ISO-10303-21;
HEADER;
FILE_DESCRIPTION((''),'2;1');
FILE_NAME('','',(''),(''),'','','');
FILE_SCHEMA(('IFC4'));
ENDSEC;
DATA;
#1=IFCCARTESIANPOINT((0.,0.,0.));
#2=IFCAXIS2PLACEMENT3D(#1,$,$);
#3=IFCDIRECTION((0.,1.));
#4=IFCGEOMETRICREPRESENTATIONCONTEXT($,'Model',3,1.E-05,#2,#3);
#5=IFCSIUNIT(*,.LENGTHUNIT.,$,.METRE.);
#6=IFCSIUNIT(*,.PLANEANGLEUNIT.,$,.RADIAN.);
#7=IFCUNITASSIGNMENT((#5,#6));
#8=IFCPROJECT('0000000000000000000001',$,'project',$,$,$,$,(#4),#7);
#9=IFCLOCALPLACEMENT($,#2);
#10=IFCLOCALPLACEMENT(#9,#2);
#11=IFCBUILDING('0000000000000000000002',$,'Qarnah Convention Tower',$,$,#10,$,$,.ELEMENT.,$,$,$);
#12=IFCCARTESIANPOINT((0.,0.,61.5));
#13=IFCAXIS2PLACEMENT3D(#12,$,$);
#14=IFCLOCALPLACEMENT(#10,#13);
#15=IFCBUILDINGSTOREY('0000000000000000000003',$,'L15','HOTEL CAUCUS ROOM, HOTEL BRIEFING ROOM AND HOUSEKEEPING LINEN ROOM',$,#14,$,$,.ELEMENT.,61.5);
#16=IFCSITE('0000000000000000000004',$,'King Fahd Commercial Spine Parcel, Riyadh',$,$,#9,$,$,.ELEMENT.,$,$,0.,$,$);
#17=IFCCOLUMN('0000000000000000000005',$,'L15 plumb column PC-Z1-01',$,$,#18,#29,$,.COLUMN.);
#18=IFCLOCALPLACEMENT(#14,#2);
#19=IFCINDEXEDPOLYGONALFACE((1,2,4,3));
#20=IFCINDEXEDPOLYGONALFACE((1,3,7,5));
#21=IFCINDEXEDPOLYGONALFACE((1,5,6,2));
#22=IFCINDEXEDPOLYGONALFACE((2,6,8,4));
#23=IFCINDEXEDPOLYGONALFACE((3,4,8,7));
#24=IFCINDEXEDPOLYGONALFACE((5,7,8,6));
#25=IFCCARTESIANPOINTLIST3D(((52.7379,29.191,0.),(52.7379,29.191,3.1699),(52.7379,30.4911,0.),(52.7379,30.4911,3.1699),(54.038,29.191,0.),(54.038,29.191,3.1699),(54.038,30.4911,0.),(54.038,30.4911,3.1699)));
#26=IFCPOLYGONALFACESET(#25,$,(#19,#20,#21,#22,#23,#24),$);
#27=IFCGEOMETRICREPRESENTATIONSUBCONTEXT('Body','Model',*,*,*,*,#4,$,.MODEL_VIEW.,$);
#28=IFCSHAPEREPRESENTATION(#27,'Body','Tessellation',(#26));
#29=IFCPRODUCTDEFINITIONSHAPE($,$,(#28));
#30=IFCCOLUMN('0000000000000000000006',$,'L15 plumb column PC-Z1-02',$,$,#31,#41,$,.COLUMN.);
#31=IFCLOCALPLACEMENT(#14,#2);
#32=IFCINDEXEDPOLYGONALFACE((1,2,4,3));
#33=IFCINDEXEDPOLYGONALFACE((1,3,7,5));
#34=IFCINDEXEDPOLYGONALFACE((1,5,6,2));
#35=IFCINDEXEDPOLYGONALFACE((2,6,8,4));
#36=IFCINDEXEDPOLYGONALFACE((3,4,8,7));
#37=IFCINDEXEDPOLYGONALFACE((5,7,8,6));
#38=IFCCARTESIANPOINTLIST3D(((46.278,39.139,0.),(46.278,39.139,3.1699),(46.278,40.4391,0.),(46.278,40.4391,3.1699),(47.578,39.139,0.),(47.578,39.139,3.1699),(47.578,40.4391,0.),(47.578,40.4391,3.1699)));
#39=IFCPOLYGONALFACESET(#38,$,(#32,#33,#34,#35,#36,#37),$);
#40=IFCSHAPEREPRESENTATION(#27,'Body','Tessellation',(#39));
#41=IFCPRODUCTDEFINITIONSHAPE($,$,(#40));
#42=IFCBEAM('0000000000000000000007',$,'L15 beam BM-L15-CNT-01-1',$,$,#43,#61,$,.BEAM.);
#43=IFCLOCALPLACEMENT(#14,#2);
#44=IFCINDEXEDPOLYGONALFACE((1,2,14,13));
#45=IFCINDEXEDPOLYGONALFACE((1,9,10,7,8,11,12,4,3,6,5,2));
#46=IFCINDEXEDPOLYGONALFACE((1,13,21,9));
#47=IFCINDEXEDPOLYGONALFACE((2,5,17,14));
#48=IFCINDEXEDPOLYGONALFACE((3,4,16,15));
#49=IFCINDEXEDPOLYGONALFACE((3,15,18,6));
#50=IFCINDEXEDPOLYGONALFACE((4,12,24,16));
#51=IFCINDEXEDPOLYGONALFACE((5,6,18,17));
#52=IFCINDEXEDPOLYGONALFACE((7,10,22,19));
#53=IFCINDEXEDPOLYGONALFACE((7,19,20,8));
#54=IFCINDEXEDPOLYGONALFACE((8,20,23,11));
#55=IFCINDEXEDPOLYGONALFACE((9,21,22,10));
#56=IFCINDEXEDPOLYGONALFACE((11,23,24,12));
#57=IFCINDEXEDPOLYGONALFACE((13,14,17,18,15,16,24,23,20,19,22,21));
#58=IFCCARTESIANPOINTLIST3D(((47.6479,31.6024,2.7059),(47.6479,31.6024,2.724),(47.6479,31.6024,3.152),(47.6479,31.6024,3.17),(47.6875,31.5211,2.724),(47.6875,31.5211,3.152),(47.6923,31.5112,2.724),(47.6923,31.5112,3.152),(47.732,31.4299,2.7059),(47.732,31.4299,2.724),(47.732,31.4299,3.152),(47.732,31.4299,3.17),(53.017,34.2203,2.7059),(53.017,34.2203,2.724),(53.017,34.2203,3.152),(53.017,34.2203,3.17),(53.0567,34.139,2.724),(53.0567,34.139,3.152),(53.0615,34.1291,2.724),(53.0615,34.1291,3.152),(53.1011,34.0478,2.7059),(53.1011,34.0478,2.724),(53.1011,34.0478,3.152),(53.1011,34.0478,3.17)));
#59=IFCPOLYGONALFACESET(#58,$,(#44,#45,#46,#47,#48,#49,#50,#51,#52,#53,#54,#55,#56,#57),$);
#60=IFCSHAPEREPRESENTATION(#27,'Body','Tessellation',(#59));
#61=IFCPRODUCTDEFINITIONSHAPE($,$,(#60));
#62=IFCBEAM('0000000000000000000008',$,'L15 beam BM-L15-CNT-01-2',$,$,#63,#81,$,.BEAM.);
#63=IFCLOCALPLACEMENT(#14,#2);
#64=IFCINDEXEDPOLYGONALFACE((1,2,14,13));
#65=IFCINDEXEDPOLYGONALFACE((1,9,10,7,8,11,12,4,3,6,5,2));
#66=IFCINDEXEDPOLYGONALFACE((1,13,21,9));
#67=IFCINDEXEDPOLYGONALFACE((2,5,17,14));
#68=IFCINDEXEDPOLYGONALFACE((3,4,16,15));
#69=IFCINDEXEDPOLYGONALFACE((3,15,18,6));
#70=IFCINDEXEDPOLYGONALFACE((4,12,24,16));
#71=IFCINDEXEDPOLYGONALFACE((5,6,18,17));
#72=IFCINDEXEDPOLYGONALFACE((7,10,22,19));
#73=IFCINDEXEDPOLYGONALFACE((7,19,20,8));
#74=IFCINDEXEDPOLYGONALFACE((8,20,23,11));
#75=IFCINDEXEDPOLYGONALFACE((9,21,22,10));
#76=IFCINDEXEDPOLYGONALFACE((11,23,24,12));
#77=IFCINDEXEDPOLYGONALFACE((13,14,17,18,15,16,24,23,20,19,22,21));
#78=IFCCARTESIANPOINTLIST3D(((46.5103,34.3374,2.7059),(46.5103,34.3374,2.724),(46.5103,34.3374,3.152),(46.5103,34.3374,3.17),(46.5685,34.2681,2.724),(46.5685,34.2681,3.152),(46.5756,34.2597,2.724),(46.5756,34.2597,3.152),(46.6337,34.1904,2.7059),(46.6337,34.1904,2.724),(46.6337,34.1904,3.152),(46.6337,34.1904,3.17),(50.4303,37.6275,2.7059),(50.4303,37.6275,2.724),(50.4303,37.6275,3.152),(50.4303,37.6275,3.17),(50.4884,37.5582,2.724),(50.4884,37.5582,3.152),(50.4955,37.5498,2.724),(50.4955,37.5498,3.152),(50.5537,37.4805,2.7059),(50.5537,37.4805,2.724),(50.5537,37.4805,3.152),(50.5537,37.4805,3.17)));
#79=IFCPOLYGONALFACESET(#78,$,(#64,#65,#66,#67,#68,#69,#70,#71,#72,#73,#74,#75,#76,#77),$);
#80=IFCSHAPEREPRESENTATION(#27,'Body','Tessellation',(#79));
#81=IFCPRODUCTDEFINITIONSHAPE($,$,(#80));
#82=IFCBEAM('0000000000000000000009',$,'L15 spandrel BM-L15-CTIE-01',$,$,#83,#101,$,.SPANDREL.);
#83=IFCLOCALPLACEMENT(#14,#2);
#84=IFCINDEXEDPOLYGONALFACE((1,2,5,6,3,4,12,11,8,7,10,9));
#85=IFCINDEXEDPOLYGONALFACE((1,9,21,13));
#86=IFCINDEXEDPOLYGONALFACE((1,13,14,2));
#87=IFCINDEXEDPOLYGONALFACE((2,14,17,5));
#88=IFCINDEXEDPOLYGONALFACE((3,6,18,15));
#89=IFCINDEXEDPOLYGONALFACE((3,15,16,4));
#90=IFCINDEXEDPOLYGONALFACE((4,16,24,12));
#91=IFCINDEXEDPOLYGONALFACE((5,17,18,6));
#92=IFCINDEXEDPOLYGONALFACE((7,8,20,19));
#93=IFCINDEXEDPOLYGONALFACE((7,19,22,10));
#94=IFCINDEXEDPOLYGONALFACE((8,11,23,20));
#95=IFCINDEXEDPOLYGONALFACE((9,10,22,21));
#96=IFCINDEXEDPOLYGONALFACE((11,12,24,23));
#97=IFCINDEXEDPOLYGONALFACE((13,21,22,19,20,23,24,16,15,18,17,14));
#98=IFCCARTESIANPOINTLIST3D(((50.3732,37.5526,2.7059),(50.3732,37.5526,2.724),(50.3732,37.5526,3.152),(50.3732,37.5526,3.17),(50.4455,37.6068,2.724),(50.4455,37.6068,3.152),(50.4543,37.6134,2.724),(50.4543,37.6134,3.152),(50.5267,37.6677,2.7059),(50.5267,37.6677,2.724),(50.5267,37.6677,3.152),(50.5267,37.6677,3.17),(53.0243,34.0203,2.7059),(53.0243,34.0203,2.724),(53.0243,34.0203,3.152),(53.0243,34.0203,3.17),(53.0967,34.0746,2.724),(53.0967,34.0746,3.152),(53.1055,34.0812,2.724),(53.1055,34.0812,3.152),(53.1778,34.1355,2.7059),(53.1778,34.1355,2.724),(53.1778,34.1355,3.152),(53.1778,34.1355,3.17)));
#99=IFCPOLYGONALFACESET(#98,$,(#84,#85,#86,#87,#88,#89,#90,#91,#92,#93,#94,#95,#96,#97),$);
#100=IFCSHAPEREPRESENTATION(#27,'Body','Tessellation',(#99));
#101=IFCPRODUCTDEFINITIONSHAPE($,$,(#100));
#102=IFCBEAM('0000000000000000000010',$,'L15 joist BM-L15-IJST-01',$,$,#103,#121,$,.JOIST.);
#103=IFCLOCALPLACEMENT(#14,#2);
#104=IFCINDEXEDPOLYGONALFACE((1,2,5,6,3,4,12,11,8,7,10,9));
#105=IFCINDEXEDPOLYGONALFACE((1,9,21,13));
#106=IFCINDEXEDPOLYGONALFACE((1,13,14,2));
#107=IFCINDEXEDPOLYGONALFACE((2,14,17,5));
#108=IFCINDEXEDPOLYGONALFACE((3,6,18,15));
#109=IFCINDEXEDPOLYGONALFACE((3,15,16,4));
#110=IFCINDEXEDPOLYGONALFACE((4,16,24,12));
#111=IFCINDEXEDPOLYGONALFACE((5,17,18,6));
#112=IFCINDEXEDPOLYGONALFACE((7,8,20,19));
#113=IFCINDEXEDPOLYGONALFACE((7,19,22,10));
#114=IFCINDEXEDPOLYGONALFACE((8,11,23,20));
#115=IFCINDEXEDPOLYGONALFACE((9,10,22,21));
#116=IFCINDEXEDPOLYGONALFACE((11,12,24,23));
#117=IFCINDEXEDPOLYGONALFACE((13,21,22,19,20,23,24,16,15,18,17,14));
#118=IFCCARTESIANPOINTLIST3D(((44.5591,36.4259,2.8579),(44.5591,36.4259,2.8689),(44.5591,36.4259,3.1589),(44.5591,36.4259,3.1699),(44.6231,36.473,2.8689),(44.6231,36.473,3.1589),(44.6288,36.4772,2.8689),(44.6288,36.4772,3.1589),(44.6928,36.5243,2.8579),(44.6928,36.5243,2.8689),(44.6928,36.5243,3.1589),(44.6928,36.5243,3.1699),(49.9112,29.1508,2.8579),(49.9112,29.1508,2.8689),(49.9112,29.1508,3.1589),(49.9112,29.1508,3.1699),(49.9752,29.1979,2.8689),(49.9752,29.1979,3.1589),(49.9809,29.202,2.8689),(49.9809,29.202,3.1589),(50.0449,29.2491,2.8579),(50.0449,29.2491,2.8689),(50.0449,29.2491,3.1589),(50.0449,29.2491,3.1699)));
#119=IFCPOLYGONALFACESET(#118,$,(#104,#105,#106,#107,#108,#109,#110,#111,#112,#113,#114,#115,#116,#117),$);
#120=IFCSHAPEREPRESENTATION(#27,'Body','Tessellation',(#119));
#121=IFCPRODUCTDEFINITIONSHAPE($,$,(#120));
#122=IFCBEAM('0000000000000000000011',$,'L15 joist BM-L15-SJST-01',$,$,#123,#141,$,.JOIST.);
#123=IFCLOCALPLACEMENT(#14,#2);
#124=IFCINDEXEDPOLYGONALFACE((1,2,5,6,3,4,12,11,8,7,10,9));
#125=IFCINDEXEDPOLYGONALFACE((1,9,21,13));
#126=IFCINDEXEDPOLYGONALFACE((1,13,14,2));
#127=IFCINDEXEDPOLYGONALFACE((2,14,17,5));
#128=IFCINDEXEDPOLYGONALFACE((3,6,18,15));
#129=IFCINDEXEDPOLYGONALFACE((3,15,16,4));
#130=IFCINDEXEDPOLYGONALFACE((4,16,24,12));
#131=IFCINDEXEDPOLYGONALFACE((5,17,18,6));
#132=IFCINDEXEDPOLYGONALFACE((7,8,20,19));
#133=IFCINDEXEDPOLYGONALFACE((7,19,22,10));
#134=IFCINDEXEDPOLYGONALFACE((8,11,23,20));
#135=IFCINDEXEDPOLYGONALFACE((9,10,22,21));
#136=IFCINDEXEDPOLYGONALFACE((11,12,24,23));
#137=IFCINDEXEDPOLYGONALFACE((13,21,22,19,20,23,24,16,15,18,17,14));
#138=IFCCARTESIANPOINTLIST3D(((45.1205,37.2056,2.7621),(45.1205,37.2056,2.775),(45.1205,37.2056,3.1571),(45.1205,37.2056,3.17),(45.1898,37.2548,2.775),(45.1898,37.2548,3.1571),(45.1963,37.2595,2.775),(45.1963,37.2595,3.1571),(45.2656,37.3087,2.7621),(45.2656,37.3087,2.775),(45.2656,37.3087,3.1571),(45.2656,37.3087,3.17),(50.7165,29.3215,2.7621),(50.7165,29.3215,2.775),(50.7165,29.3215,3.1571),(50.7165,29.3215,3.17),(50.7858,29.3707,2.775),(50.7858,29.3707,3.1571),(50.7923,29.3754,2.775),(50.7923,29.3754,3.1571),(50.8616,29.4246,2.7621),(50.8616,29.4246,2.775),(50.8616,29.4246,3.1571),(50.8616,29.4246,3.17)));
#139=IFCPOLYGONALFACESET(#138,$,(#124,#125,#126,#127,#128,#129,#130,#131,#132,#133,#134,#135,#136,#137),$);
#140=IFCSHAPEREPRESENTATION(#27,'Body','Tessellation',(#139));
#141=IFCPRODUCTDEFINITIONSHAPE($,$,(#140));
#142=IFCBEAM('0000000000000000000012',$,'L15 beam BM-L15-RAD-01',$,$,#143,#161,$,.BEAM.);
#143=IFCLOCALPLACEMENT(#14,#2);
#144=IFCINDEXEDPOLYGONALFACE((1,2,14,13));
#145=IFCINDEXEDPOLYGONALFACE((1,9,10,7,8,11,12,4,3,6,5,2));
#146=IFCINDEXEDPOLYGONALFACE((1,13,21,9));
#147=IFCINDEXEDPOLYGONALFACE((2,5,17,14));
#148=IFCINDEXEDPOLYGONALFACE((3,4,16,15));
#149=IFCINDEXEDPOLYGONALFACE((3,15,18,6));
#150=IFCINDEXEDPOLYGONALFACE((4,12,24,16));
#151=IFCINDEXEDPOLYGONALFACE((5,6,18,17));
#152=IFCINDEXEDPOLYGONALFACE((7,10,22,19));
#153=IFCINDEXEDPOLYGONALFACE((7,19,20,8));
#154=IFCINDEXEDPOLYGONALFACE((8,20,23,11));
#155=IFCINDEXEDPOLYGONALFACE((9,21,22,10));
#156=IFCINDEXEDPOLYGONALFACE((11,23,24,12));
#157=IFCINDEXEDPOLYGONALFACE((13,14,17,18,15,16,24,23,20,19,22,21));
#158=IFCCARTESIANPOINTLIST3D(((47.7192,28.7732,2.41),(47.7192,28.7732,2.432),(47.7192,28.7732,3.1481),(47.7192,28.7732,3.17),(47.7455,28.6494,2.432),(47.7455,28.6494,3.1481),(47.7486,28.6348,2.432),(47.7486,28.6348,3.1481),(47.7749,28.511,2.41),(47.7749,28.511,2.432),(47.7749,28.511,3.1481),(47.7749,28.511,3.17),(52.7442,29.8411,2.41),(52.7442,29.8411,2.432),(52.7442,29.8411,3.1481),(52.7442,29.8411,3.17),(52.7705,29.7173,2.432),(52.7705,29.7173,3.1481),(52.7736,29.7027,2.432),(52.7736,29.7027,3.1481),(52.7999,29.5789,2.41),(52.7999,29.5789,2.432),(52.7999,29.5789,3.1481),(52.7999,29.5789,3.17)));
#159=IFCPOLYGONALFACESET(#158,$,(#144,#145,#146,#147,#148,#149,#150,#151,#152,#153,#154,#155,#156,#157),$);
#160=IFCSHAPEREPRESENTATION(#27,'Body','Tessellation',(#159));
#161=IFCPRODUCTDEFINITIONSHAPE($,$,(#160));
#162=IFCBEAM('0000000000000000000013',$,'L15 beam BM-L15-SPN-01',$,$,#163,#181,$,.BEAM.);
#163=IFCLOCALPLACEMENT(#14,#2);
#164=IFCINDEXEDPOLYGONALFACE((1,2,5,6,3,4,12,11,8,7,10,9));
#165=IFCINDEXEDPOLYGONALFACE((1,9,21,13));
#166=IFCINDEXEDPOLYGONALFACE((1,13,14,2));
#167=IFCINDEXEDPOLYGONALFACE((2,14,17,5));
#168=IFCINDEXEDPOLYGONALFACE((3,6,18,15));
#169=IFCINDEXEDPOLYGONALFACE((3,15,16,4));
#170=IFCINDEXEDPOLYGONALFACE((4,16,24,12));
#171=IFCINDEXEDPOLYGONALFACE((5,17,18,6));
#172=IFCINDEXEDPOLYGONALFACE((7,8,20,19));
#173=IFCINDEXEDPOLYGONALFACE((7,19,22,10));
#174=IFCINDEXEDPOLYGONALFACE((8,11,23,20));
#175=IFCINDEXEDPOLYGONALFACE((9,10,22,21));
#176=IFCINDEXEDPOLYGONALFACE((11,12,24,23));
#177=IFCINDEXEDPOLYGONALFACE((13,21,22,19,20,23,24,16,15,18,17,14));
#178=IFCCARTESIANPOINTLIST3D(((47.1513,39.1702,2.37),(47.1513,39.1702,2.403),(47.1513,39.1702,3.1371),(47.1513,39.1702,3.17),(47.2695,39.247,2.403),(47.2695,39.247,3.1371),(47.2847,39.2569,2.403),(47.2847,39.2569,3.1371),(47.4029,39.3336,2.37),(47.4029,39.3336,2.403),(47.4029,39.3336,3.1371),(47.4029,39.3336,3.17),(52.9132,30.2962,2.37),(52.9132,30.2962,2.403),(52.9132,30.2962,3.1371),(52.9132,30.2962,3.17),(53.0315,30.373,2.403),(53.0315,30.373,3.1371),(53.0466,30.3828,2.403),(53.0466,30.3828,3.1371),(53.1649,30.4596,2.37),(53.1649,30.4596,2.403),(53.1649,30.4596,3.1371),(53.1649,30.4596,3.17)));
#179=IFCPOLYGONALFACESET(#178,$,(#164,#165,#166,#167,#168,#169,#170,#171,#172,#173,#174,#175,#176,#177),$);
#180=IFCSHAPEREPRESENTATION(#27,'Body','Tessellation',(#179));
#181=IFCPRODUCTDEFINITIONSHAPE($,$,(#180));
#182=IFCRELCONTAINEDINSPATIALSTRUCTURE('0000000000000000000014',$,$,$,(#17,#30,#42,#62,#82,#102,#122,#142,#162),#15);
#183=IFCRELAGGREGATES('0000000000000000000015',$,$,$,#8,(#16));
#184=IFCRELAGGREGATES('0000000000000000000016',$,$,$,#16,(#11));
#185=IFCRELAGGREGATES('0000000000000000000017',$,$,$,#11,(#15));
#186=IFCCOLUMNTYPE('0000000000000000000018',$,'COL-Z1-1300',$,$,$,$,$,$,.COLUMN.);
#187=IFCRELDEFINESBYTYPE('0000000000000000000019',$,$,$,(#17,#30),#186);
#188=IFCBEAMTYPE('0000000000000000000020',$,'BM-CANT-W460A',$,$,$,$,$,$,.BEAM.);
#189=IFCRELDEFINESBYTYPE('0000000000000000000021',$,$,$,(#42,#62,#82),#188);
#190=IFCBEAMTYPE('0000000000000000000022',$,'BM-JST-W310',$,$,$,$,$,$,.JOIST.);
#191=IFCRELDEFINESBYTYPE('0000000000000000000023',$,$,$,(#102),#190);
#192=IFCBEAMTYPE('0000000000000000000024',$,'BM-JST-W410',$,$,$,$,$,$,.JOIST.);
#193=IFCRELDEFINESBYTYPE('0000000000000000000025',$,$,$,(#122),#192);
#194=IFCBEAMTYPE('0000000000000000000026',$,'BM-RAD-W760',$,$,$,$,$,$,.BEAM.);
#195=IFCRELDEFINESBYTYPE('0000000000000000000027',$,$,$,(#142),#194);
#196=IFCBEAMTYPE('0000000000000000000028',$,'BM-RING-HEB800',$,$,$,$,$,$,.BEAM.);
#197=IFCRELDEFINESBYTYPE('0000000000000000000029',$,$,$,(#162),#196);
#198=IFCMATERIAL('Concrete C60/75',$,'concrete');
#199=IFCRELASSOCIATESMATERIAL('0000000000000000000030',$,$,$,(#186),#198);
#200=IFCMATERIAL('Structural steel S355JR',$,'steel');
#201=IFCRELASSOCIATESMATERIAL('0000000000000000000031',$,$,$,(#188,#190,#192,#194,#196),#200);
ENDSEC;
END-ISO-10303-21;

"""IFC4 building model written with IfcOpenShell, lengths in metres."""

from ifc_helpers import new_model, si_unit, direction, frame, origin, origin_2d, place, context, subcontext, project, spatial, rectangle, i_section, extrude, material, material_profile, profile_set, type_object, element, save


model = new_model("IFC4")

# Units and contexts
model_context = context("Model", 3, precision=1e-05, world=origin(), true_north=direction((0.0, 1.0)))
body_context = subcontext(model_context, "Body", "Model", "MODEL_VIEW")
ifc_project = project(units=[si_unit("LENGTHUNIT", "METRE"), si_unit("PLANEANGLEUNIT", "RADIAN")], contexts=[model_context])

# Site, building, storey
site_placement = place(None, origin())
site = spatial("IfcSite", under=ifc_project, at=site_placement, Name="King Fahd Commercial Spine Parcel, Riyadh", CompositionType="ELEMENT", RefElevation=0.0)
building_placement = place(site_placement, origin())
building = spatial("IfcBuilding", under=site, at=building_placement, Name="Qarnah Convention Tower", CompositionType="ELEMENT")
storey_placement = place(building_placement, frame((0.0, 0.0, 61.5)))
storey = spatial("IfcBuildingStorey", under=building, at=storey_placement, Name="L15", Description="HOTEL CAUCUS ROOM, HOTEL BRIEFING ROOM AND HOUSEKEEPING LINEN ROOM", CompositionType="ELEMENT", Elevation=61.5)

# Columns
ifc_material_1 = material(Name="Concrete C60/75", Category="concrete")
ifc_material_profile_1 = material_profile(ifc_material_1, rectangle(XDim=1.3, YDim=1.3, at=origin_2d()), Name="RC-COL-1300X1300")
ifc_profile_set_1 = profile_set([ifc_material_profile_1], Name="Concrete C60/75")
column_type = type_object("IfcColumnType", Name="COL-Z1-1300", PredefinedType="COLUMN", material=ifc_profile_set_1)
for number, where, z_axis, x_axis, name in (
    (1, (53.3879, 29.8411, 0.0), (0.0, 0.0, 1.0), (1.0, 0.0, 0.0), "L15 plumb column PC-Z1-01"),
    (2, (46.928, 39.7891, 0.0), (0.0, 0.0, 1.0), (1.0, 0.0, 0.0), "L15 plumb column PC-Z1-02"),
):
    element("IfcColumn", number, at=place(storey_placement, frame(where, z_axis=z_axis, x_axis=x_axis)), inside=storey, type_object=column_type, Name=name, PredefinedType="COLUMN", context=body_context, shape_type="SweptSolid", body=[
        extrude(rectangle(XDim=1.3, YDim=1.3, at=origin_2d()), origin(), (0.0, 0.0, 1.0), 3.1699),
    ])

# Beams
ifc_material_2 = material(Name="Structural steel S355JR", Category="steel")
ifc_material_profile_2 = material_profile(ifc_material_2, i_section(OverallWidth=0.1919, OverallDepth=0.4641, WebThickness=0.011, FlangeThickness=0.0181, at=origin_2d()), Name="W460X89")
ifc_profile_set_2 = profile_set([ifc_material_profile_2], Name="Structural steel S355JR")
beam_type_1 = type_object("IfcBeamType", Name="BM-CANT-W460A", PredefinedType="BEAM", material=ifc_profile_set_2)
beam_1_placement = place(storey_placement, frame((47.6899, 31.5161, 2.938), z_axis=(0.898846, 0.438265, 0.0), x_axis=(-0.438265, 0.898846, 0.0)))
element("IfcBeam", 3, at=beam_1_placement, inside=storey, type_object=beam_type_1, Name="L15 beam BM-L15-CNT-01-1", PredefinedType="BEAM", context=body_context, shape_type="SweptSolid", body=[
    extrude(i_section(OverallWidth=0.1919, OverallDepth=0.4641, WebThickness=0.011, FlangeThickness=0.0181, at=origin_2d()), origin(), (0.0, 0.0, 1.0), 5.9734),
])
beam_2_placement = place(storey_placement, frame((46.572, 34.2639, 2.938), z_axis=(0.765964, 0.642883, 0.0), x_axis=(-0.642883, 0.765964, 0.0)))
element("IfcBeam", 4, at=beam_2_placement, inside=storey, type_object=beam_type_1, Name="L15 beam BM-L15-CNT-01-2", PredefinedType="BEAM", context=body_context, shape_type="SweptSolid", body=[
    extrude(i_section(OverallWidth=0.1919, OverallDepth=0.4641, WebThickness=0.011, FlangeThickness=0.0181, at=origin_2d()), origin(), (0.0, 0.0, 1.0), 5.1177),
])
beam_3_placement = place(storey_placement, frame((53.1011, 34.0779, 2.938), z_axis=(-0.600283, 0.799788, 0.0), x_axis=(-0.799788, -0.600283, 0.0)))
element("IfcBeam", 5, at=beam_3_placement, inside=storey, type_object=beam_type_1, Name="L15 spandrel BM-L15-CTIE-01", PredefinedType="SPANDREL", context=body_context, shape_type="SweptSolid", body=[
    extrude(i_section(OverallWidth=0.1919, OverallDepth=0.4641, WebThickness=0.011, FlangeThickness=0.0181, at=origin_2d()), origin(), (0.0, 0.0, 1.0), 4.4165),
])
ifc_material_profile_3 = material_profile(ifc_material_2, i_section(OverallWidth=0.166, OverallDepth=0.312, WebThickness=0.0071, FlangeThickness=0.011, at=origin_2d()), Name="W310X45")
ifc_profile_set_3 = profile_set([ifc_material_profile_3], Name="Structural steel S355JR")
beam_type_2 = type_object("IfcBeamType", Name="BM-JST-W310", PredefinedType="JOIST", material=ifc_profile_set_3)
beam_4_placement = place(storey_placement, frame((49.978, 29.2, 3.0139), z_axis=(-0.592583, 0.805509, 0.0), x_axis=(-0.805509, -0.592583, 0.0)))
element("IfcBeam", 6, at=beam_4_placement, inside=storey, type_object=beam_type_2, Name="L15 joist BM-L15-IJST-01", PredefinedType="JOIST", context=body_context, shape_type="SweptSolid", body=[
    extrude(i_section(OverallWidth=0.166, OverallDepth=0.312, WebThickness=0.0071, FlangeThickness=0.011, at=origin_2d()), origin(), (0.0, 0.0, 1.0), 9.0317),
])
ifc_material_profile_4 = material_profile(ifc_material_2, i_section(OverallWidth=0.178, OverallDepth=0.408, WebThickness=0.0081, FlangeThickness=0.0129, at=origin_2d()), Name="W410X60")
ifc_profile_set_4 = profile_set([ifc_material_profile_4], Name="Structural steel S355JR")
beam_type_3 = type_object("IfcBeamType", Name="BM-JST-W410", PredefinedType="JOIST", material=ifc_profile_set_4)
beam_5_placement = place(storey_placement, frame((50.7891, 29.373, 2.9661), z_axis=(-0.578804, 0.815467, 0.0), x_axis=(-0.815467, -0.578804, 0.0)))
element("IfcBeam", 7, at=beam_5_placement, inside=storey, type_object=beam_type_3, Name="L15 joist BM-L15-SJST-01", PredefinedType="JOIST", context=body_context, shape_type="SweptSolid", body=[
    extrude(i_section(OverallWidth=0.178, OverallDepth=0.408, WebThickness=0.0081, FlangeThickness=0.0129, at=origin_2d()), origin(), (0.0, 0.0, 1.0), 9.6682),
])
ifc_material_profile_5 = material_profile(ifc_material_2, i_section(OverallWidth=0.2681, OverallDepth=0.76, WebThickness=0.0149, FlangeThickness=0.022, at=origin_2d()), Name="W760X185")
ifc_profile_set_5 = profile_set([ifc_material_profile_5], Name="Structural steel S355JR")
beam_type_4 = type_object("IfcBeamType", Name="BM-RAD-W760", PredefinedType="BEAM", material=ifc_profile_set_5)
beam_6_placement = place(storey_placement, frame((47.7471, 28.6421, 2.79), z_axis=(0.978156, 0.207874, 0.0), x_axis=(-0.207874, 0.978156, 0.0)))
element("IfcBeam", 8, at=beam_6_placement, inside=storey, type_object=beam_type_4, Name="L15 beam BM-L15-RAD-01", PredefinedType="BEAM", context=body_context, shape_type="SweptSolid", body=[
    extrude(i_section(OverallWidth=0.2681, OverallDepth=0.76, WebThickness=0.0149, FlangeThickness=0.022, at=origin_2d()), origin(), (0.0, 0.0, 1.0), 5.1372),
])
ifc_material_profile_6 = material_profile(ifc_material_2, i_section(OverallWidth=0.3, OverallDepth=0.8, WebThickness=0.0181, FlangeThickness=0.033, at=origin_2d()), Name="HEB800")
ifc_profile_set_6 = profile_set([ifc_material_profile_6], Name="Structural steel S355JR")
beam_type_5 = type_object("IfcBeamType", Name="BM-RING-HEB800", PredefinedType="BEAM", material=ifc_profile_set_6)
beam_7_placement = place(storey_placement, frame((53.0391, 30.3779, 2.77), z_axis=(-0.54458, 0.838709, 0.0), x_axis=(-0.838709, -0.54458, 0.0)))
element("IfcBeam", 9, at=beam_7_placement, inside=storey, type_object=beam_type_5, Name="L15 beam BM-L15-SPN-01", PredefinedType="BEAM", context=body_context, shape_type="SweptSolid", body=[
    extrude(i_section(OverallWidth=0.3, OverallDepth=0.8, WebThickness=0.0181, FlangeThickness=0.033, at=origin_2d()), origin(), (0.0, 0.0, 1.0), 10.5806),
])

save(model, "model.ifc")
